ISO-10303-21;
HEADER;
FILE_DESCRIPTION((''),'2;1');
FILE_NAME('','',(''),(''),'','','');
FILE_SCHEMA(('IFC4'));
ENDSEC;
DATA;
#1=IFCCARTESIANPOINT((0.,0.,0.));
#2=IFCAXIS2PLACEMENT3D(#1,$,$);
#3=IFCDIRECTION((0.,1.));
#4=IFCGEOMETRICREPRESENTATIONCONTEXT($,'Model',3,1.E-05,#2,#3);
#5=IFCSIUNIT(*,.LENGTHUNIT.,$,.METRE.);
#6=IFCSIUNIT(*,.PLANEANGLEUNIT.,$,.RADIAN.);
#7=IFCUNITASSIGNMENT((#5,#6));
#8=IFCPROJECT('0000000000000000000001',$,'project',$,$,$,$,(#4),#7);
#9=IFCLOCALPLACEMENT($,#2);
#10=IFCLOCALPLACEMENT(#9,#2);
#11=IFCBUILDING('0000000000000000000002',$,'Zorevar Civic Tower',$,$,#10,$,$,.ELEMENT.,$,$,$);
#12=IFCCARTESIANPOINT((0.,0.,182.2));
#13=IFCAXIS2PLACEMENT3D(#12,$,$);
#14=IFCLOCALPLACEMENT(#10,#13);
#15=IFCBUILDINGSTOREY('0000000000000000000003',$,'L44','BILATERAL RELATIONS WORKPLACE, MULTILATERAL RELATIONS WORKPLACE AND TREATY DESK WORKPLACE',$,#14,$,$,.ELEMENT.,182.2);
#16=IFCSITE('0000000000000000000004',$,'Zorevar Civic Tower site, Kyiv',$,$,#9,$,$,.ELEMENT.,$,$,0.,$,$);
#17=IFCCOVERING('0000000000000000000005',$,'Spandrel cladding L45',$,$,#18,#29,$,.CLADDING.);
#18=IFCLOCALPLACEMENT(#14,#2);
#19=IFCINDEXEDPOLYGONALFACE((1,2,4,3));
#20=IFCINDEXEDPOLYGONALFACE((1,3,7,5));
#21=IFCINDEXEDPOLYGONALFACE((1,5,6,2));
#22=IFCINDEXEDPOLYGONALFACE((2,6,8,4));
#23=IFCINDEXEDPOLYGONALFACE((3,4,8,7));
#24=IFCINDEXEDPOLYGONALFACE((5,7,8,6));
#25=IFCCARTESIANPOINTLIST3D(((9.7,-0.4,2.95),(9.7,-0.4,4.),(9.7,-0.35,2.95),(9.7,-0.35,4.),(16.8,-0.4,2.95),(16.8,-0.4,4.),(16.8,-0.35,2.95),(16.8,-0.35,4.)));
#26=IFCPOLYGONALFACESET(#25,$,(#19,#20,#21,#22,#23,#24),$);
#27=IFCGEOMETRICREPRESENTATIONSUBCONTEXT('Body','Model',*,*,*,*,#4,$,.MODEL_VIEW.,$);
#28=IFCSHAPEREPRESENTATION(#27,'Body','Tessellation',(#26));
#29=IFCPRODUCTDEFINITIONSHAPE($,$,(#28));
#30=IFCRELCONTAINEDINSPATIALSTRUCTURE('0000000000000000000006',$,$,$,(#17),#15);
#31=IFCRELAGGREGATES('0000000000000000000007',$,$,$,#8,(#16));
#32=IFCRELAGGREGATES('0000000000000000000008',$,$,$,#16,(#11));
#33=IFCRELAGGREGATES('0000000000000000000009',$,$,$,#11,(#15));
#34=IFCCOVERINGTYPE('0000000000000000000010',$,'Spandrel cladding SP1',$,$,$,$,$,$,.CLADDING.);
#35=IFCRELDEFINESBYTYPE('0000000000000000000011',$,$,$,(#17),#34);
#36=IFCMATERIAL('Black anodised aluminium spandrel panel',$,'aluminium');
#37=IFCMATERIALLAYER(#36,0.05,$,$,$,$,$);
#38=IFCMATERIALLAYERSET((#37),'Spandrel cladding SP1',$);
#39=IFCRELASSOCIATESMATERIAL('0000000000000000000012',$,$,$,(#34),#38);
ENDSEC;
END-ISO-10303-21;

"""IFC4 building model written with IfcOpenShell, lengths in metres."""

from ifc_helpers import new_model, si_unit, direction, frame, frame_2d, origin, place, context, subcontext, project, spatial, rectangle, extrude, material, layer, layer_set, type_object, element, save


model = new_model("IFC4")

# Units and contexts
model_context = context("Model", 3, precision=1e-05, world=origin(), true_north=direction((0.0, 1.0)))
body_context = subcontext(model_context, "Body", "Model", "MODEL_VIEW")
ifc_project = project(units=[si_unit("LENGTHUNIT", "METRE"), si_unit("PLANEANGLEUNIT", "RADIAN")], contexts=[model_context])

# Site, building, storey
site_placement = place(None, origin())
site = spatial("IfcSite", under=ifc_project, at=site_placement, Name="Zorevar Civic Tower site, Kyiv", CompositionType="ELEMENT", RefElevation=0.0)
building_placement = place(site_placement, origin())
building = spatial("IfcBuilding", under=site, at=building_placement, Name="Zorevar Civic Tower", CompositionType="ELEMENT")
storey_placement = place(building_placement, frame((0.0, 0.0, 182.2)))
storey = spatial("IfcBuildingStorey", under=building, at=storey_placement, Name="L44", Description="BILATERAL RELATIONS WORKPLACE, MULTILATERAL RELATIONS WORKPLACE AND TREATY DESK WORKPLACE", CompositionType="ELEMENT", Elevation=182.2)

# Covering
ifc_material_1 = material(Name="Black anodised aluminium spandrel panel", Category="aluminium")
ifc_layer_1 = layer(ifc_material_1, 0.05)
ifc_layer_set_1 = layer_set([ifc_layer_1], Name="Spandrel cladding SP1")
covering_type = type_object("IfcCoveringType", Name="Spandrel cladding SP1", PredefinedType="CLADDING", material=ifc_layer_set_1)
covering_placement = place(storey_placement, frame((9.7, -0.375, 2.95), z_axis=(0.0, 0.0, 1.0), x_axis=(1.0, 0.0, 0.0)))
element("IfcCovering", 1, at=covering_placement, inside=storey, type_object=covering_type, Name="Spandrel cladding L45", PredefinedType="CLADDING", context=body_context, shape_type="SweptSolid", body=[
    extrude(rectangle(XDim=7.1001, YDim=0.05, at=frame_2d((3.55, 0.0))), origin(), (0.0, 0.0, 1.0), 1.05),
])

save(model, "model.ifc")
